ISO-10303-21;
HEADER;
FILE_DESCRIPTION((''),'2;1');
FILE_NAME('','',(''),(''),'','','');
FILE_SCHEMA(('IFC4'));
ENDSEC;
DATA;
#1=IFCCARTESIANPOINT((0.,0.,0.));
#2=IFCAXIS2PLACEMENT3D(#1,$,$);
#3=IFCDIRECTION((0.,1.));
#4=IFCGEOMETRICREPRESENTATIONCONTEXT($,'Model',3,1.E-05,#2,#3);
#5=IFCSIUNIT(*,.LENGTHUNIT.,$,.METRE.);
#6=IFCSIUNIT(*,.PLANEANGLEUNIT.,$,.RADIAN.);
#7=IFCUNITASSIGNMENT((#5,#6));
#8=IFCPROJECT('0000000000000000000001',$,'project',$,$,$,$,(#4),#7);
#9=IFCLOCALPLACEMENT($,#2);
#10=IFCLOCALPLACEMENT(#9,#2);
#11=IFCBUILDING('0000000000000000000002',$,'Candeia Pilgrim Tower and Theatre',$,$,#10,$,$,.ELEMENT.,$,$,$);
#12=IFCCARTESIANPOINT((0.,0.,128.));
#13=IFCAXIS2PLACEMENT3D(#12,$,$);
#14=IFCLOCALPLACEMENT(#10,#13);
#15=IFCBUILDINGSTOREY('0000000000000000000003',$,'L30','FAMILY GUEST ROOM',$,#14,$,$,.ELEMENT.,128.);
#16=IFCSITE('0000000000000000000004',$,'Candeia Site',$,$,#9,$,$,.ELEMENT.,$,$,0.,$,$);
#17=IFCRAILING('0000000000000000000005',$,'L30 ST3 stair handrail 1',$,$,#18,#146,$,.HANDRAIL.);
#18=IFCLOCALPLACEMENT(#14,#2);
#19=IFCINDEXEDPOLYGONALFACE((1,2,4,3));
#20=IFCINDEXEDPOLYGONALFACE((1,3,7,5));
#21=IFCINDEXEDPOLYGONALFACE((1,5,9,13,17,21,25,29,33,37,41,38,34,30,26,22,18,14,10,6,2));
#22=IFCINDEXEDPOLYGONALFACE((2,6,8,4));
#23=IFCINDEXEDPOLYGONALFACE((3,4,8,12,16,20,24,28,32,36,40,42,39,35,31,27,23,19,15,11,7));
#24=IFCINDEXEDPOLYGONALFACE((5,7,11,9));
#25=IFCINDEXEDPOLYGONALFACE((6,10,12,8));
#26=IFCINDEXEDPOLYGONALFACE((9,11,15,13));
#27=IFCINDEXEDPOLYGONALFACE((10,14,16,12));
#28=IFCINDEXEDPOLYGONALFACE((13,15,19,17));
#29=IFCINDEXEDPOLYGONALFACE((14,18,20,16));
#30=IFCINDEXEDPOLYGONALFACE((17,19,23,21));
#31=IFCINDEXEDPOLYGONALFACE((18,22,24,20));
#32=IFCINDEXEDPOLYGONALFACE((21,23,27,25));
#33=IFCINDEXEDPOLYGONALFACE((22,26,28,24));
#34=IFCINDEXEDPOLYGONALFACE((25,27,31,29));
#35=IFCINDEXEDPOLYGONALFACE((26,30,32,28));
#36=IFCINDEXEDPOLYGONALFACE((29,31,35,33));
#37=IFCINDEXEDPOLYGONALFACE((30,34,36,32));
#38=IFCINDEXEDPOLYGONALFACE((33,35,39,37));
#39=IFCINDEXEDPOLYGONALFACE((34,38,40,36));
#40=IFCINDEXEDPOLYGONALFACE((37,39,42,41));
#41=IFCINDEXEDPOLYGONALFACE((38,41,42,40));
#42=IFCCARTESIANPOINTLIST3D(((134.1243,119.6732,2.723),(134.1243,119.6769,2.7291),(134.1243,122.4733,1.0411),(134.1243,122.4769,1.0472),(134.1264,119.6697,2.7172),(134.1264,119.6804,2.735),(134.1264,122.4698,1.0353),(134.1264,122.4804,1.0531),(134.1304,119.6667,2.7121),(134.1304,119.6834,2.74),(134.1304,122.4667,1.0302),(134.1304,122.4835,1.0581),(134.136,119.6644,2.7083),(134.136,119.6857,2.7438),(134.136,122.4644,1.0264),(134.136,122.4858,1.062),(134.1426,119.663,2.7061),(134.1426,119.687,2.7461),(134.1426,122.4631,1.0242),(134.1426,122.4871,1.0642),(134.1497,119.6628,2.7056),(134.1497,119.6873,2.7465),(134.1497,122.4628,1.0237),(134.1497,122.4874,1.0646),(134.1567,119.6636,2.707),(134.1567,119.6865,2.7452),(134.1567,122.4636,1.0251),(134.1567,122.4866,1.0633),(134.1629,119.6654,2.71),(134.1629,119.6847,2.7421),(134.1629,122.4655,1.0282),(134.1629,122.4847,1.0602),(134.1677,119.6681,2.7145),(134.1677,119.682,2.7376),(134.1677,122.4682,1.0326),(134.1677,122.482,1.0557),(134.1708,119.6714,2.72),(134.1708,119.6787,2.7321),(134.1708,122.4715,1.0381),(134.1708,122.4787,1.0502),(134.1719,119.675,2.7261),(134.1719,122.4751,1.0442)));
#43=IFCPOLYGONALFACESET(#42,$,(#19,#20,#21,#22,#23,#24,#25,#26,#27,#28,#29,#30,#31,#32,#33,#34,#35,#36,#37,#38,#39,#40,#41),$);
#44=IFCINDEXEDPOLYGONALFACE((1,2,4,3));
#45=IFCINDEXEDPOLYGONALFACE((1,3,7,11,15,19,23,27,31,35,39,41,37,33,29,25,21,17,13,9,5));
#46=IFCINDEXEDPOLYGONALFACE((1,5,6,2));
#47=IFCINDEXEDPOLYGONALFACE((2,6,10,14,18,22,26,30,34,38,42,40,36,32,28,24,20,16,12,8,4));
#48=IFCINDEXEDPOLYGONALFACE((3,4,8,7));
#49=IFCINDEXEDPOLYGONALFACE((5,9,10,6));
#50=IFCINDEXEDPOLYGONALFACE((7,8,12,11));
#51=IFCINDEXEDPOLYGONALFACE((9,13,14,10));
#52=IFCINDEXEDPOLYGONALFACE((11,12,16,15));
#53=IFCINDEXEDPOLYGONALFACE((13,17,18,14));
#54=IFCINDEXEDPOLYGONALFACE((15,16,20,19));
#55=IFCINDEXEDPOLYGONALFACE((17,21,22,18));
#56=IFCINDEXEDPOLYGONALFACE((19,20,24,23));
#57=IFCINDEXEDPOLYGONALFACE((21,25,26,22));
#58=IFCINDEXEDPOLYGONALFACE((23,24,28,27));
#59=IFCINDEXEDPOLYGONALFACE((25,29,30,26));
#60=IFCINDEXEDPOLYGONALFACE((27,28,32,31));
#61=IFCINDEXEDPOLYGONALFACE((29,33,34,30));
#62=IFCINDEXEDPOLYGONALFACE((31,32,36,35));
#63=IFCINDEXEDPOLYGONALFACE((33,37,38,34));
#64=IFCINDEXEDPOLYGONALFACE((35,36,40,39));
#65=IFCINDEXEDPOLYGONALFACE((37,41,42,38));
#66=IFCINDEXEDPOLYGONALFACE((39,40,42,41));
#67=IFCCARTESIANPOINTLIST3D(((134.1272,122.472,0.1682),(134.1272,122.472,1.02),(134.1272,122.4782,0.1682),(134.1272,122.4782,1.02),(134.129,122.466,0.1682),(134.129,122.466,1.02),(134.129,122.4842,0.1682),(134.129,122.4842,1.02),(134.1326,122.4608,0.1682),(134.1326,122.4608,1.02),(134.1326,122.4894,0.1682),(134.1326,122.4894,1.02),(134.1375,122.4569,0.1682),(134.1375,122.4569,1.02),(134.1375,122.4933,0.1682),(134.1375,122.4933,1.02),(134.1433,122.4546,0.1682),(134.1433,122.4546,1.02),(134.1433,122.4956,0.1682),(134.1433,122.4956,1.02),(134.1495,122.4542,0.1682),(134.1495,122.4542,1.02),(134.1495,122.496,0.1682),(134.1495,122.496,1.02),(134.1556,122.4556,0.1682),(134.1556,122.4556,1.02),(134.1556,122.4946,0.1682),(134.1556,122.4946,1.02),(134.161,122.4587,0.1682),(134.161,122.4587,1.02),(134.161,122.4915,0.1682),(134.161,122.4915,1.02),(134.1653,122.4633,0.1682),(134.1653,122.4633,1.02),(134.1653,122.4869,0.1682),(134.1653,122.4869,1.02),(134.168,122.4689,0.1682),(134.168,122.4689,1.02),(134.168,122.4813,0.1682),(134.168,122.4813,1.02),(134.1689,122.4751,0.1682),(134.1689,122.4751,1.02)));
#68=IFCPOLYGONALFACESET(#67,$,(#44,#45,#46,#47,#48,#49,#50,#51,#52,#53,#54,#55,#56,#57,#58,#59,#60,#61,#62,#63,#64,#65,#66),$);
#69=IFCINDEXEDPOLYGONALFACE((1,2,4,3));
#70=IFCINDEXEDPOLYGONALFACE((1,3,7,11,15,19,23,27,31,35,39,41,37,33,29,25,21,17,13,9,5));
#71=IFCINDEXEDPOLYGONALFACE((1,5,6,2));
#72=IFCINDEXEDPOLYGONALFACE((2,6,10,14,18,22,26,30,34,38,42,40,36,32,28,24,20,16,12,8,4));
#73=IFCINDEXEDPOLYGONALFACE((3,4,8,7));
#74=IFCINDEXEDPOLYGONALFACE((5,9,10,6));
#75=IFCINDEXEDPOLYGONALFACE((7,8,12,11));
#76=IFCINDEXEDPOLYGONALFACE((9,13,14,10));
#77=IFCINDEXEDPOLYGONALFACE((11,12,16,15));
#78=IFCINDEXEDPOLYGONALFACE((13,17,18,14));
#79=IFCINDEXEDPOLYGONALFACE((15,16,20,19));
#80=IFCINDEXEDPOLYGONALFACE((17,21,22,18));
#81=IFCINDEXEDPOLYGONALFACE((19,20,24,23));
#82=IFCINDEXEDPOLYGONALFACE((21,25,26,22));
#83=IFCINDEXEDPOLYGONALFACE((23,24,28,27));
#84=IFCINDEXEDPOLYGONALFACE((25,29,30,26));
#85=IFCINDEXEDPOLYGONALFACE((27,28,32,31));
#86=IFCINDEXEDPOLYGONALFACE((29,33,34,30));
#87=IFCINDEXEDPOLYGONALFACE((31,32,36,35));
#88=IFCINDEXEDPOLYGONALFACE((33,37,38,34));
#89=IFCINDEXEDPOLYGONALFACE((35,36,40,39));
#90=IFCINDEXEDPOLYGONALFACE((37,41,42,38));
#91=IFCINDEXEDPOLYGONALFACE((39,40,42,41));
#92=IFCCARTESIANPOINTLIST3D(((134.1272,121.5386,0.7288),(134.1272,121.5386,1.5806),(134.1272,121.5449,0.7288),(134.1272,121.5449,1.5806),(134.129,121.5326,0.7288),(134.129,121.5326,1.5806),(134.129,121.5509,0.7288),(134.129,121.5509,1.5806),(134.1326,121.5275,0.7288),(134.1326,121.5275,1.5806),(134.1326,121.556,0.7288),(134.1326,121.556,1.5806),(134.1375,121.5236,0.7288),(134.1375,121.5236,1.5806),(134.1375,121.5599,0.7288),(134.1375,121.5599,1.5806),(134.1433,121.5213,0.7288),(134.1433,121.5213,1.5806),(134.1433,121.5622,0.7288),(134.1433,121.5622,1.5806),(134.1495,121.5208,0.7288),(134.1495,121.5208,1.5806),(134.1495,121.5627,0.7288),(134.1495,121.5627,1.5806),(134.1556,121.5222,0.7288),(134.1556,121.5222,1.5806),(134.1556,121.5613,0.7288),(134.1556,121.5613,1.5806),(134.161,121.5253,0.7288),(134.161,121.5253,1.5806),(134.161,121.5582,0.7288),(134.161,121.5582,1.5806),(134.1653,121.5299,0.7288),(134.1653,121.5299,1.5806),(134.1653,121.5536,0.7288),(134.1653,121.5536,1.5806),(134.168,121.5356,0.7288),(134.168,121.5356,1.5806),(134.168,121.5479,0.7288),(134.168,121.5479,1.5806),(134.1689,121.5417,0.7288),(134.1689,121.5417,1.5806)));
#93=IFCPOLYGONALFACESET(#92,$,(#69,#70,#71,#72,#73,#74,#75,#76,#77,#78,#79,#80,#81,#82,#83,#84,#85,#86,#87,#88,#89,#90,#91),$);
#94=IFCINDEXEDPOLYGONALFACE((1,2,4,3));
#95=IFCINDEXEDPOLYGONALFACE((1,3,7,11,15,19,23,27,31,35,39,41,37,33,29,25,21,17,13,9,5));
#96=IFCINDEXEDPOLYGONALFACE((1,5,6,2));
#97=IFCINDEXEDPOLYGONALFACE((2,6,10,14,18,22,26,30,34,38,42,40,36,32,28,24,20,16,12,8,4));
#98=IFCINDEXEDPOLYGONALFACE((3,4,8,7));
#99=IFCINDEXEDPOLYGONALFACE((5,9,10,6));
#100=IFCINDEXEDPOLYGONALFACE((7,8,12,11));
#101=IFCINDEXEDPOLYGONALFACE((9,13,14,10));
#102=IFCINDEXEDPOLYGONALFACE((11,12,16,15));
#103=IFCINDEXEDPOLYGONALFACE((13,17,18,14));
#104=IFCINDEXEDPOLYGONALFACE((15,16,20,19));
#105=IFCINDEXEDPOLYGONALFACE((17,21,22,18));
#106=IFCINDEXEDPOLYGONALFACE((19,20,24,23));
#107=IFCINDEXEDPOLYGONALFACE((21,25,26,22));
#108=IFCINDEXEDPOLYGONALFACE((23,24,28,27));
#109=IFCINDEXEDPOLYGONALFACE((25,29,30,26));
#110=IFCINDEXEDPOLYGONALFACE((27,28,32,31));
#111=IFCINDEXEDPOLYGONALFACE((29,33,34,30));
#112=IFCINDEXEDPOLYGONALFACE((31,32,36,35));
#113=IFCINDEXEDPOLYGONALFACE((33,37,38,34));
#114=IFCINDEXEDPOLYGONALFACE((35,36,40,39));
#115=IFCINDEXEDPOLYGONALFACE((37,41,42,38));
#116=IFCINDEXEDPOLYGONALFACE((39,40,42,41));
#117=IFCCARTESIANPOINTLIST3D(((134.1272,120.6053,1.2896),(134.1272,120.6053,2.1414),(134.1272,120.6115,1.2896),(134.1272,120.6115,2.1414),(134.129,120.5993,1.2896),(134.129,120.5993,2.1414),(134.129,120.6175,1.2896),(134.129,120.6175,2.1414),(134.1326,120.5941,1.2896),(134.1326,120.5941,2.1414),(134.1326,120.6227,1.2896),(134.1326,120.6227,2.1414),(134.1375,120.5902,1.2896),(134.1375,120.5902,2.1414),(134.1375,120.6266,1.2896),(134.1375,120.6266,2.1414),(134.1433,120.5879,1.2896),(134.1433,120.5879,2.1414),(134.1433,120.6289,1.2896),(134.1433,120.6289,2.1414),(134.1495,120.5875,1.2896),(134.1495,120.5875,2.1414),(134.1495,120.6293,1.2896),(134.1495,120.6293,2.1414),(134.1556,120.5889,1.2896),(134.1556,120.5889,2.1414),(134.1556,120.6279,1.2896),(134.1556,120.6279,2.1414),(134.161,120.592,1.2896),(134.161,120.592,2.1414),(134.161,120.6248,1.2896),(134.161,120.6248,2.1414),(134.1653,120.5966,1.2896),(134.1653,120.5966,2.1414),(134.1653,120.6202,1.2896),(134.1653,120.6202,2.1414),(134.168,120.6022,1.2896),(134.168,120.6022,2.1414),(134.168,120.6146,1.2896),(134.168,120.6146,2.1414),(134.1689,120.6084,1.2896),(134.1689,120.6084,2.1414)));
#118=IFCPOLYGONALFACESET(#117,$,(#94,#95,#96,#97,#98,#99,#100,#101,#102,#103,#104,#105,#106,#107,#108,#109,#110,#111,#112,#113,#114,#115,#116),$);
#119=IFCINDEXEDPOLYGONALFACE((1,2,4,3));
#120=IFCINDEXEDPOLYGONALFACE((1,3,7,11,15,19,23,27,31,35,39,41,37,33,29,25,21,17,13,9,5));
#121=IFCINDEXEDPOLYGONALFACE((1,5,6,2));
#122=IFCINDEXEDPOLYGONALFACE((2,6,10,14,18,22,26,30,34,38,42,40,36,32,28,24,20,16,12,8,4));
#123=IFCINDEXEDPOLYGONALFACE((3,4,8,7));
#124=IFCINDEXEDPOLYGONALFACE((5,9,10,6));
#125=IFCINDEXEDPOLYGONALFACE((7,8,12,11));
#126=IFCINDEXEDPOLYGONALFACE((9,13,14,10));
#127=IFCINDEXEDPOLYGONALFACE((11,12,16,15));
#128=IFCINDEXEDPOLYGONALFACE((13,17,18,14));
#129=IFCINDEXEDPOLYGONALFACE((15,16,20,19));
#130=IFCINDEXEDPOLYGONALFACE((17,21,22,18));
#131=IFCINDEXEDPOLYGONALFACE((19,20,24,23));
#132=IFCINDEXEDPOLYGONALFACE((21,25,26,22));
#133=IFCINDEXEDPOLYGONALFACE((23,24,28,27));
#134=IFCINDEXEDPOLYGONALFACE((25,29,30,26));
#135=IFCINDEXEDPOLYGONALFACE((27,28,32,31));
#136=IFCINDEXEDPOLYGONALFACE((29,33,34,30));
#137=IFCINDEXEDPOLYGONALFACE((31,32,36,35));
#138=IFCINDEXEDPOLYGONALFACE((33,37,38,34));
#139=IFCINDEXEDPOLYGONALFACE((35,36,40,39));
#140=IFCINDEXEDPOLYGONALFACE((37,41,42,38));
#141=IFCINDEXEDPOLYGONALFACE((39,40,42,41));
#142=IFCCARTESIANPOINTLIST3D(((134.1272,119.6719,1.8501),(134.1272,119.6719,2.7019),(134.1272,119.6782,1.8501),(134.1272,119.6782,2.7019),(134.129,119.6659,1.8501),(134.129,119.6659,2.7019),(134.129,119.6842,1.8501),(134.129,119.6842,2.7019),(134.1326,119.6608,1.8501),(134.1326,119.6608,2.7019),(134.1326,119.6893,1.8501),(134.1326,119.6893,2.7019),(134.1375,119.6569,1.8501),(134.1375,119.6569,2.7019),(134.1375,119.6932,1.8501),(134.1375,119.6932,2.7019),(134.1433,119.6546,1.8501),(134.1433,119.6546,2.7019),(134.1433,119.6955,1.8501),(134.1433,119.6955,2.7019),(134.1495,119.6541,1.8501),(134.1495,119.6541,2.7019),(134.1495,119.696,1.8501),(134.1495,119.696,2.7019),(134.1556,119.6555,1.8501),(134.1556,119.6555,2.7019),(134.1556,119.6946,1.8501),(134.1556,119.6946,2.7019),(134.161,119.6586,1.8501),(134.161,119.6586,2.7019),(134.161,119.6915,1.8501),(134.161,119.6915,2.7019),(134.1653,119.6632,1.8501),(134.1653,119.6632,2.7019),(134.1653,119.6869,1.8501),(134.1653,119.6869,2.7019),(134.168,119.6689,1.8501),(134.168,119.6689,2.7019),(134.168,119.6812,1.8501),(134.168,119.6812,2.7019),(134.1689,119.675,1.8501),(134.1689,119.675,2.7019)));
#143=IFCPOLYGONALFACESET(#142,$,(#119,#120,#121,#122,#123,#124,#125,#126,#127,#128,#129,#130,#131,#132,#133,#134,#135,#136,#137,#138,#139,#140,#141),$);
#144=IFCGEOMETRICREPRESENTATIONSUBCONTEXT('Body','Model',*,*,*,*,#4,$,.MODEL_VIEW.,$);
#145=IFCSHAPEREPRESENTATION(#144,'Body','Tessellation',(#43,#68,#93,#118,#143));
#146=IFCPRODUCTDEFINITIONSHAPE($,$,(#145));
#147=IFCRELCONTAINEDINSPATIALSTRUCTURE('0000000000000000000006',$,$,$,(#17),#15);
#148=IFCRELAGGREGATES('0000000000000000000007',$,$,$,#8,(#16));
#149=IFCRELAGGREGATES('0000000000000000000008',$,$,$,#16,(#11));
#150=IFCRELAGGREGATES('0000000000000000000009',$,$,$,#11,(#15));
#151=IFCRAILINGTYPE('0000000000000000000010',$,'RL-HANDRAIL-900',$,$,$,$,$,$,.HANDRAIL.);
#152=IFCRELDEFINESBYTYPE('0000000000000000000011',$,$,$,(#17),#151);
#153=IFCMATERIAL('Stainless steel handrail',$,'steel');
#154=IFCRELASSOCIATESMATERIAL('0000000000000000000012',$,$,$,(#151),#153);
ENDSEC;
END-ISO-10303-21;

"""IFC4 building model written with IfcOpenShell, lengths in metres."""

from ifc_helpers import new_model, si_unit, direction, frame, origin, origin_2d, place, context, subcontext, project, spatial, circle, extrude, material, type_object, element, save


model = new_model("IFC4")

# Units and contexts
model_context = context("Model", 3, precision=1e-05, world=origin(), true_north=direction((0.0, 1.0)))
body_context = subcontext(model_context, "Body", "Model", "MODEL_VIEW")
ifc_project = project(units=[si_unit("LENGTHUNIT", "METRE"), si_unit("PLANEANGLEUNIT", "RADIAN")], contexts=[model_context])

# Site, building, storey
site_placement = place(None, origin())
site = spatial("IfcSite", under=ifc_project, at=site_placement, Name="Candeia Site", CompositionType="ELEMENT", RefElevation=0.0)
building_placement = place(site_placement, origin())
building = spatial("IfcBuilding", under=site, at=building_placement, Name="Candeia Pilgrim Tower and Theatre", CompositionType="ELEMENT")
storey_placement = place(building_placement, frame((0.0, 0.0, 128.0)))
storey = spatial("IfcBuildingStorey", under=building, at=storey_placement, Name="L30", Description="FAMILY GUEST ROOM", CompositionType="ELEMENT", Elevation=128.0)

# Railing
ifc_material_1 = material(Name="Stainless steel handrail", Category="steel")
railing_type_1 = type_object("IfcRailingType", Name="RL-HANDRAIL-900", PredefinedType="HANDRAIL", material=ifc_material_1)
railing_1_placement = place(storey_placement, frame((134.1479, 122.4751, 0.1682)))
element("IfcRailing", 1, at=railing_1_placement, inside=storey, type_object=railing_type_1, Name="L30 ST3 stair handrail 1", PredefinedType="HANDRAIL", context=body_context, shape_type="SweptSolid", body=[
    extrude(circle(Radius=0.0239, at=origin_2d()), frame((0.0, 0.0, 0.876), z_axis=(0.0, -0.857242, 0.514913), x_axis=(1.0, 0.0, 0.0)), (0.0, 0.0, 1.0), 3.2664),
    extrude(circle(Radius=0.021, at=origin_2d()), origin(), (0.0, 0.0, 1.0), 0.8518),
    extrude(circle(Radius=0.021, at=origin_2d()), frame((0.0, -0.9333, 0.5605)), (0.0, 0.0, 1.0), 0.8518),
    extrude(circle(Radius=0.021, at=origin_2d()), frame((0.0, -1.8667, 1.1213)), (0.0, 0.0, 1.0), 0.8518),
    extrude(circle(Radius=0.021, at=origin_2d()), frame((0.0, -2.8, 1.6819)), (0.0, 0.0, 1.0), 0.8518),
])

save(model, "model.ifc")
